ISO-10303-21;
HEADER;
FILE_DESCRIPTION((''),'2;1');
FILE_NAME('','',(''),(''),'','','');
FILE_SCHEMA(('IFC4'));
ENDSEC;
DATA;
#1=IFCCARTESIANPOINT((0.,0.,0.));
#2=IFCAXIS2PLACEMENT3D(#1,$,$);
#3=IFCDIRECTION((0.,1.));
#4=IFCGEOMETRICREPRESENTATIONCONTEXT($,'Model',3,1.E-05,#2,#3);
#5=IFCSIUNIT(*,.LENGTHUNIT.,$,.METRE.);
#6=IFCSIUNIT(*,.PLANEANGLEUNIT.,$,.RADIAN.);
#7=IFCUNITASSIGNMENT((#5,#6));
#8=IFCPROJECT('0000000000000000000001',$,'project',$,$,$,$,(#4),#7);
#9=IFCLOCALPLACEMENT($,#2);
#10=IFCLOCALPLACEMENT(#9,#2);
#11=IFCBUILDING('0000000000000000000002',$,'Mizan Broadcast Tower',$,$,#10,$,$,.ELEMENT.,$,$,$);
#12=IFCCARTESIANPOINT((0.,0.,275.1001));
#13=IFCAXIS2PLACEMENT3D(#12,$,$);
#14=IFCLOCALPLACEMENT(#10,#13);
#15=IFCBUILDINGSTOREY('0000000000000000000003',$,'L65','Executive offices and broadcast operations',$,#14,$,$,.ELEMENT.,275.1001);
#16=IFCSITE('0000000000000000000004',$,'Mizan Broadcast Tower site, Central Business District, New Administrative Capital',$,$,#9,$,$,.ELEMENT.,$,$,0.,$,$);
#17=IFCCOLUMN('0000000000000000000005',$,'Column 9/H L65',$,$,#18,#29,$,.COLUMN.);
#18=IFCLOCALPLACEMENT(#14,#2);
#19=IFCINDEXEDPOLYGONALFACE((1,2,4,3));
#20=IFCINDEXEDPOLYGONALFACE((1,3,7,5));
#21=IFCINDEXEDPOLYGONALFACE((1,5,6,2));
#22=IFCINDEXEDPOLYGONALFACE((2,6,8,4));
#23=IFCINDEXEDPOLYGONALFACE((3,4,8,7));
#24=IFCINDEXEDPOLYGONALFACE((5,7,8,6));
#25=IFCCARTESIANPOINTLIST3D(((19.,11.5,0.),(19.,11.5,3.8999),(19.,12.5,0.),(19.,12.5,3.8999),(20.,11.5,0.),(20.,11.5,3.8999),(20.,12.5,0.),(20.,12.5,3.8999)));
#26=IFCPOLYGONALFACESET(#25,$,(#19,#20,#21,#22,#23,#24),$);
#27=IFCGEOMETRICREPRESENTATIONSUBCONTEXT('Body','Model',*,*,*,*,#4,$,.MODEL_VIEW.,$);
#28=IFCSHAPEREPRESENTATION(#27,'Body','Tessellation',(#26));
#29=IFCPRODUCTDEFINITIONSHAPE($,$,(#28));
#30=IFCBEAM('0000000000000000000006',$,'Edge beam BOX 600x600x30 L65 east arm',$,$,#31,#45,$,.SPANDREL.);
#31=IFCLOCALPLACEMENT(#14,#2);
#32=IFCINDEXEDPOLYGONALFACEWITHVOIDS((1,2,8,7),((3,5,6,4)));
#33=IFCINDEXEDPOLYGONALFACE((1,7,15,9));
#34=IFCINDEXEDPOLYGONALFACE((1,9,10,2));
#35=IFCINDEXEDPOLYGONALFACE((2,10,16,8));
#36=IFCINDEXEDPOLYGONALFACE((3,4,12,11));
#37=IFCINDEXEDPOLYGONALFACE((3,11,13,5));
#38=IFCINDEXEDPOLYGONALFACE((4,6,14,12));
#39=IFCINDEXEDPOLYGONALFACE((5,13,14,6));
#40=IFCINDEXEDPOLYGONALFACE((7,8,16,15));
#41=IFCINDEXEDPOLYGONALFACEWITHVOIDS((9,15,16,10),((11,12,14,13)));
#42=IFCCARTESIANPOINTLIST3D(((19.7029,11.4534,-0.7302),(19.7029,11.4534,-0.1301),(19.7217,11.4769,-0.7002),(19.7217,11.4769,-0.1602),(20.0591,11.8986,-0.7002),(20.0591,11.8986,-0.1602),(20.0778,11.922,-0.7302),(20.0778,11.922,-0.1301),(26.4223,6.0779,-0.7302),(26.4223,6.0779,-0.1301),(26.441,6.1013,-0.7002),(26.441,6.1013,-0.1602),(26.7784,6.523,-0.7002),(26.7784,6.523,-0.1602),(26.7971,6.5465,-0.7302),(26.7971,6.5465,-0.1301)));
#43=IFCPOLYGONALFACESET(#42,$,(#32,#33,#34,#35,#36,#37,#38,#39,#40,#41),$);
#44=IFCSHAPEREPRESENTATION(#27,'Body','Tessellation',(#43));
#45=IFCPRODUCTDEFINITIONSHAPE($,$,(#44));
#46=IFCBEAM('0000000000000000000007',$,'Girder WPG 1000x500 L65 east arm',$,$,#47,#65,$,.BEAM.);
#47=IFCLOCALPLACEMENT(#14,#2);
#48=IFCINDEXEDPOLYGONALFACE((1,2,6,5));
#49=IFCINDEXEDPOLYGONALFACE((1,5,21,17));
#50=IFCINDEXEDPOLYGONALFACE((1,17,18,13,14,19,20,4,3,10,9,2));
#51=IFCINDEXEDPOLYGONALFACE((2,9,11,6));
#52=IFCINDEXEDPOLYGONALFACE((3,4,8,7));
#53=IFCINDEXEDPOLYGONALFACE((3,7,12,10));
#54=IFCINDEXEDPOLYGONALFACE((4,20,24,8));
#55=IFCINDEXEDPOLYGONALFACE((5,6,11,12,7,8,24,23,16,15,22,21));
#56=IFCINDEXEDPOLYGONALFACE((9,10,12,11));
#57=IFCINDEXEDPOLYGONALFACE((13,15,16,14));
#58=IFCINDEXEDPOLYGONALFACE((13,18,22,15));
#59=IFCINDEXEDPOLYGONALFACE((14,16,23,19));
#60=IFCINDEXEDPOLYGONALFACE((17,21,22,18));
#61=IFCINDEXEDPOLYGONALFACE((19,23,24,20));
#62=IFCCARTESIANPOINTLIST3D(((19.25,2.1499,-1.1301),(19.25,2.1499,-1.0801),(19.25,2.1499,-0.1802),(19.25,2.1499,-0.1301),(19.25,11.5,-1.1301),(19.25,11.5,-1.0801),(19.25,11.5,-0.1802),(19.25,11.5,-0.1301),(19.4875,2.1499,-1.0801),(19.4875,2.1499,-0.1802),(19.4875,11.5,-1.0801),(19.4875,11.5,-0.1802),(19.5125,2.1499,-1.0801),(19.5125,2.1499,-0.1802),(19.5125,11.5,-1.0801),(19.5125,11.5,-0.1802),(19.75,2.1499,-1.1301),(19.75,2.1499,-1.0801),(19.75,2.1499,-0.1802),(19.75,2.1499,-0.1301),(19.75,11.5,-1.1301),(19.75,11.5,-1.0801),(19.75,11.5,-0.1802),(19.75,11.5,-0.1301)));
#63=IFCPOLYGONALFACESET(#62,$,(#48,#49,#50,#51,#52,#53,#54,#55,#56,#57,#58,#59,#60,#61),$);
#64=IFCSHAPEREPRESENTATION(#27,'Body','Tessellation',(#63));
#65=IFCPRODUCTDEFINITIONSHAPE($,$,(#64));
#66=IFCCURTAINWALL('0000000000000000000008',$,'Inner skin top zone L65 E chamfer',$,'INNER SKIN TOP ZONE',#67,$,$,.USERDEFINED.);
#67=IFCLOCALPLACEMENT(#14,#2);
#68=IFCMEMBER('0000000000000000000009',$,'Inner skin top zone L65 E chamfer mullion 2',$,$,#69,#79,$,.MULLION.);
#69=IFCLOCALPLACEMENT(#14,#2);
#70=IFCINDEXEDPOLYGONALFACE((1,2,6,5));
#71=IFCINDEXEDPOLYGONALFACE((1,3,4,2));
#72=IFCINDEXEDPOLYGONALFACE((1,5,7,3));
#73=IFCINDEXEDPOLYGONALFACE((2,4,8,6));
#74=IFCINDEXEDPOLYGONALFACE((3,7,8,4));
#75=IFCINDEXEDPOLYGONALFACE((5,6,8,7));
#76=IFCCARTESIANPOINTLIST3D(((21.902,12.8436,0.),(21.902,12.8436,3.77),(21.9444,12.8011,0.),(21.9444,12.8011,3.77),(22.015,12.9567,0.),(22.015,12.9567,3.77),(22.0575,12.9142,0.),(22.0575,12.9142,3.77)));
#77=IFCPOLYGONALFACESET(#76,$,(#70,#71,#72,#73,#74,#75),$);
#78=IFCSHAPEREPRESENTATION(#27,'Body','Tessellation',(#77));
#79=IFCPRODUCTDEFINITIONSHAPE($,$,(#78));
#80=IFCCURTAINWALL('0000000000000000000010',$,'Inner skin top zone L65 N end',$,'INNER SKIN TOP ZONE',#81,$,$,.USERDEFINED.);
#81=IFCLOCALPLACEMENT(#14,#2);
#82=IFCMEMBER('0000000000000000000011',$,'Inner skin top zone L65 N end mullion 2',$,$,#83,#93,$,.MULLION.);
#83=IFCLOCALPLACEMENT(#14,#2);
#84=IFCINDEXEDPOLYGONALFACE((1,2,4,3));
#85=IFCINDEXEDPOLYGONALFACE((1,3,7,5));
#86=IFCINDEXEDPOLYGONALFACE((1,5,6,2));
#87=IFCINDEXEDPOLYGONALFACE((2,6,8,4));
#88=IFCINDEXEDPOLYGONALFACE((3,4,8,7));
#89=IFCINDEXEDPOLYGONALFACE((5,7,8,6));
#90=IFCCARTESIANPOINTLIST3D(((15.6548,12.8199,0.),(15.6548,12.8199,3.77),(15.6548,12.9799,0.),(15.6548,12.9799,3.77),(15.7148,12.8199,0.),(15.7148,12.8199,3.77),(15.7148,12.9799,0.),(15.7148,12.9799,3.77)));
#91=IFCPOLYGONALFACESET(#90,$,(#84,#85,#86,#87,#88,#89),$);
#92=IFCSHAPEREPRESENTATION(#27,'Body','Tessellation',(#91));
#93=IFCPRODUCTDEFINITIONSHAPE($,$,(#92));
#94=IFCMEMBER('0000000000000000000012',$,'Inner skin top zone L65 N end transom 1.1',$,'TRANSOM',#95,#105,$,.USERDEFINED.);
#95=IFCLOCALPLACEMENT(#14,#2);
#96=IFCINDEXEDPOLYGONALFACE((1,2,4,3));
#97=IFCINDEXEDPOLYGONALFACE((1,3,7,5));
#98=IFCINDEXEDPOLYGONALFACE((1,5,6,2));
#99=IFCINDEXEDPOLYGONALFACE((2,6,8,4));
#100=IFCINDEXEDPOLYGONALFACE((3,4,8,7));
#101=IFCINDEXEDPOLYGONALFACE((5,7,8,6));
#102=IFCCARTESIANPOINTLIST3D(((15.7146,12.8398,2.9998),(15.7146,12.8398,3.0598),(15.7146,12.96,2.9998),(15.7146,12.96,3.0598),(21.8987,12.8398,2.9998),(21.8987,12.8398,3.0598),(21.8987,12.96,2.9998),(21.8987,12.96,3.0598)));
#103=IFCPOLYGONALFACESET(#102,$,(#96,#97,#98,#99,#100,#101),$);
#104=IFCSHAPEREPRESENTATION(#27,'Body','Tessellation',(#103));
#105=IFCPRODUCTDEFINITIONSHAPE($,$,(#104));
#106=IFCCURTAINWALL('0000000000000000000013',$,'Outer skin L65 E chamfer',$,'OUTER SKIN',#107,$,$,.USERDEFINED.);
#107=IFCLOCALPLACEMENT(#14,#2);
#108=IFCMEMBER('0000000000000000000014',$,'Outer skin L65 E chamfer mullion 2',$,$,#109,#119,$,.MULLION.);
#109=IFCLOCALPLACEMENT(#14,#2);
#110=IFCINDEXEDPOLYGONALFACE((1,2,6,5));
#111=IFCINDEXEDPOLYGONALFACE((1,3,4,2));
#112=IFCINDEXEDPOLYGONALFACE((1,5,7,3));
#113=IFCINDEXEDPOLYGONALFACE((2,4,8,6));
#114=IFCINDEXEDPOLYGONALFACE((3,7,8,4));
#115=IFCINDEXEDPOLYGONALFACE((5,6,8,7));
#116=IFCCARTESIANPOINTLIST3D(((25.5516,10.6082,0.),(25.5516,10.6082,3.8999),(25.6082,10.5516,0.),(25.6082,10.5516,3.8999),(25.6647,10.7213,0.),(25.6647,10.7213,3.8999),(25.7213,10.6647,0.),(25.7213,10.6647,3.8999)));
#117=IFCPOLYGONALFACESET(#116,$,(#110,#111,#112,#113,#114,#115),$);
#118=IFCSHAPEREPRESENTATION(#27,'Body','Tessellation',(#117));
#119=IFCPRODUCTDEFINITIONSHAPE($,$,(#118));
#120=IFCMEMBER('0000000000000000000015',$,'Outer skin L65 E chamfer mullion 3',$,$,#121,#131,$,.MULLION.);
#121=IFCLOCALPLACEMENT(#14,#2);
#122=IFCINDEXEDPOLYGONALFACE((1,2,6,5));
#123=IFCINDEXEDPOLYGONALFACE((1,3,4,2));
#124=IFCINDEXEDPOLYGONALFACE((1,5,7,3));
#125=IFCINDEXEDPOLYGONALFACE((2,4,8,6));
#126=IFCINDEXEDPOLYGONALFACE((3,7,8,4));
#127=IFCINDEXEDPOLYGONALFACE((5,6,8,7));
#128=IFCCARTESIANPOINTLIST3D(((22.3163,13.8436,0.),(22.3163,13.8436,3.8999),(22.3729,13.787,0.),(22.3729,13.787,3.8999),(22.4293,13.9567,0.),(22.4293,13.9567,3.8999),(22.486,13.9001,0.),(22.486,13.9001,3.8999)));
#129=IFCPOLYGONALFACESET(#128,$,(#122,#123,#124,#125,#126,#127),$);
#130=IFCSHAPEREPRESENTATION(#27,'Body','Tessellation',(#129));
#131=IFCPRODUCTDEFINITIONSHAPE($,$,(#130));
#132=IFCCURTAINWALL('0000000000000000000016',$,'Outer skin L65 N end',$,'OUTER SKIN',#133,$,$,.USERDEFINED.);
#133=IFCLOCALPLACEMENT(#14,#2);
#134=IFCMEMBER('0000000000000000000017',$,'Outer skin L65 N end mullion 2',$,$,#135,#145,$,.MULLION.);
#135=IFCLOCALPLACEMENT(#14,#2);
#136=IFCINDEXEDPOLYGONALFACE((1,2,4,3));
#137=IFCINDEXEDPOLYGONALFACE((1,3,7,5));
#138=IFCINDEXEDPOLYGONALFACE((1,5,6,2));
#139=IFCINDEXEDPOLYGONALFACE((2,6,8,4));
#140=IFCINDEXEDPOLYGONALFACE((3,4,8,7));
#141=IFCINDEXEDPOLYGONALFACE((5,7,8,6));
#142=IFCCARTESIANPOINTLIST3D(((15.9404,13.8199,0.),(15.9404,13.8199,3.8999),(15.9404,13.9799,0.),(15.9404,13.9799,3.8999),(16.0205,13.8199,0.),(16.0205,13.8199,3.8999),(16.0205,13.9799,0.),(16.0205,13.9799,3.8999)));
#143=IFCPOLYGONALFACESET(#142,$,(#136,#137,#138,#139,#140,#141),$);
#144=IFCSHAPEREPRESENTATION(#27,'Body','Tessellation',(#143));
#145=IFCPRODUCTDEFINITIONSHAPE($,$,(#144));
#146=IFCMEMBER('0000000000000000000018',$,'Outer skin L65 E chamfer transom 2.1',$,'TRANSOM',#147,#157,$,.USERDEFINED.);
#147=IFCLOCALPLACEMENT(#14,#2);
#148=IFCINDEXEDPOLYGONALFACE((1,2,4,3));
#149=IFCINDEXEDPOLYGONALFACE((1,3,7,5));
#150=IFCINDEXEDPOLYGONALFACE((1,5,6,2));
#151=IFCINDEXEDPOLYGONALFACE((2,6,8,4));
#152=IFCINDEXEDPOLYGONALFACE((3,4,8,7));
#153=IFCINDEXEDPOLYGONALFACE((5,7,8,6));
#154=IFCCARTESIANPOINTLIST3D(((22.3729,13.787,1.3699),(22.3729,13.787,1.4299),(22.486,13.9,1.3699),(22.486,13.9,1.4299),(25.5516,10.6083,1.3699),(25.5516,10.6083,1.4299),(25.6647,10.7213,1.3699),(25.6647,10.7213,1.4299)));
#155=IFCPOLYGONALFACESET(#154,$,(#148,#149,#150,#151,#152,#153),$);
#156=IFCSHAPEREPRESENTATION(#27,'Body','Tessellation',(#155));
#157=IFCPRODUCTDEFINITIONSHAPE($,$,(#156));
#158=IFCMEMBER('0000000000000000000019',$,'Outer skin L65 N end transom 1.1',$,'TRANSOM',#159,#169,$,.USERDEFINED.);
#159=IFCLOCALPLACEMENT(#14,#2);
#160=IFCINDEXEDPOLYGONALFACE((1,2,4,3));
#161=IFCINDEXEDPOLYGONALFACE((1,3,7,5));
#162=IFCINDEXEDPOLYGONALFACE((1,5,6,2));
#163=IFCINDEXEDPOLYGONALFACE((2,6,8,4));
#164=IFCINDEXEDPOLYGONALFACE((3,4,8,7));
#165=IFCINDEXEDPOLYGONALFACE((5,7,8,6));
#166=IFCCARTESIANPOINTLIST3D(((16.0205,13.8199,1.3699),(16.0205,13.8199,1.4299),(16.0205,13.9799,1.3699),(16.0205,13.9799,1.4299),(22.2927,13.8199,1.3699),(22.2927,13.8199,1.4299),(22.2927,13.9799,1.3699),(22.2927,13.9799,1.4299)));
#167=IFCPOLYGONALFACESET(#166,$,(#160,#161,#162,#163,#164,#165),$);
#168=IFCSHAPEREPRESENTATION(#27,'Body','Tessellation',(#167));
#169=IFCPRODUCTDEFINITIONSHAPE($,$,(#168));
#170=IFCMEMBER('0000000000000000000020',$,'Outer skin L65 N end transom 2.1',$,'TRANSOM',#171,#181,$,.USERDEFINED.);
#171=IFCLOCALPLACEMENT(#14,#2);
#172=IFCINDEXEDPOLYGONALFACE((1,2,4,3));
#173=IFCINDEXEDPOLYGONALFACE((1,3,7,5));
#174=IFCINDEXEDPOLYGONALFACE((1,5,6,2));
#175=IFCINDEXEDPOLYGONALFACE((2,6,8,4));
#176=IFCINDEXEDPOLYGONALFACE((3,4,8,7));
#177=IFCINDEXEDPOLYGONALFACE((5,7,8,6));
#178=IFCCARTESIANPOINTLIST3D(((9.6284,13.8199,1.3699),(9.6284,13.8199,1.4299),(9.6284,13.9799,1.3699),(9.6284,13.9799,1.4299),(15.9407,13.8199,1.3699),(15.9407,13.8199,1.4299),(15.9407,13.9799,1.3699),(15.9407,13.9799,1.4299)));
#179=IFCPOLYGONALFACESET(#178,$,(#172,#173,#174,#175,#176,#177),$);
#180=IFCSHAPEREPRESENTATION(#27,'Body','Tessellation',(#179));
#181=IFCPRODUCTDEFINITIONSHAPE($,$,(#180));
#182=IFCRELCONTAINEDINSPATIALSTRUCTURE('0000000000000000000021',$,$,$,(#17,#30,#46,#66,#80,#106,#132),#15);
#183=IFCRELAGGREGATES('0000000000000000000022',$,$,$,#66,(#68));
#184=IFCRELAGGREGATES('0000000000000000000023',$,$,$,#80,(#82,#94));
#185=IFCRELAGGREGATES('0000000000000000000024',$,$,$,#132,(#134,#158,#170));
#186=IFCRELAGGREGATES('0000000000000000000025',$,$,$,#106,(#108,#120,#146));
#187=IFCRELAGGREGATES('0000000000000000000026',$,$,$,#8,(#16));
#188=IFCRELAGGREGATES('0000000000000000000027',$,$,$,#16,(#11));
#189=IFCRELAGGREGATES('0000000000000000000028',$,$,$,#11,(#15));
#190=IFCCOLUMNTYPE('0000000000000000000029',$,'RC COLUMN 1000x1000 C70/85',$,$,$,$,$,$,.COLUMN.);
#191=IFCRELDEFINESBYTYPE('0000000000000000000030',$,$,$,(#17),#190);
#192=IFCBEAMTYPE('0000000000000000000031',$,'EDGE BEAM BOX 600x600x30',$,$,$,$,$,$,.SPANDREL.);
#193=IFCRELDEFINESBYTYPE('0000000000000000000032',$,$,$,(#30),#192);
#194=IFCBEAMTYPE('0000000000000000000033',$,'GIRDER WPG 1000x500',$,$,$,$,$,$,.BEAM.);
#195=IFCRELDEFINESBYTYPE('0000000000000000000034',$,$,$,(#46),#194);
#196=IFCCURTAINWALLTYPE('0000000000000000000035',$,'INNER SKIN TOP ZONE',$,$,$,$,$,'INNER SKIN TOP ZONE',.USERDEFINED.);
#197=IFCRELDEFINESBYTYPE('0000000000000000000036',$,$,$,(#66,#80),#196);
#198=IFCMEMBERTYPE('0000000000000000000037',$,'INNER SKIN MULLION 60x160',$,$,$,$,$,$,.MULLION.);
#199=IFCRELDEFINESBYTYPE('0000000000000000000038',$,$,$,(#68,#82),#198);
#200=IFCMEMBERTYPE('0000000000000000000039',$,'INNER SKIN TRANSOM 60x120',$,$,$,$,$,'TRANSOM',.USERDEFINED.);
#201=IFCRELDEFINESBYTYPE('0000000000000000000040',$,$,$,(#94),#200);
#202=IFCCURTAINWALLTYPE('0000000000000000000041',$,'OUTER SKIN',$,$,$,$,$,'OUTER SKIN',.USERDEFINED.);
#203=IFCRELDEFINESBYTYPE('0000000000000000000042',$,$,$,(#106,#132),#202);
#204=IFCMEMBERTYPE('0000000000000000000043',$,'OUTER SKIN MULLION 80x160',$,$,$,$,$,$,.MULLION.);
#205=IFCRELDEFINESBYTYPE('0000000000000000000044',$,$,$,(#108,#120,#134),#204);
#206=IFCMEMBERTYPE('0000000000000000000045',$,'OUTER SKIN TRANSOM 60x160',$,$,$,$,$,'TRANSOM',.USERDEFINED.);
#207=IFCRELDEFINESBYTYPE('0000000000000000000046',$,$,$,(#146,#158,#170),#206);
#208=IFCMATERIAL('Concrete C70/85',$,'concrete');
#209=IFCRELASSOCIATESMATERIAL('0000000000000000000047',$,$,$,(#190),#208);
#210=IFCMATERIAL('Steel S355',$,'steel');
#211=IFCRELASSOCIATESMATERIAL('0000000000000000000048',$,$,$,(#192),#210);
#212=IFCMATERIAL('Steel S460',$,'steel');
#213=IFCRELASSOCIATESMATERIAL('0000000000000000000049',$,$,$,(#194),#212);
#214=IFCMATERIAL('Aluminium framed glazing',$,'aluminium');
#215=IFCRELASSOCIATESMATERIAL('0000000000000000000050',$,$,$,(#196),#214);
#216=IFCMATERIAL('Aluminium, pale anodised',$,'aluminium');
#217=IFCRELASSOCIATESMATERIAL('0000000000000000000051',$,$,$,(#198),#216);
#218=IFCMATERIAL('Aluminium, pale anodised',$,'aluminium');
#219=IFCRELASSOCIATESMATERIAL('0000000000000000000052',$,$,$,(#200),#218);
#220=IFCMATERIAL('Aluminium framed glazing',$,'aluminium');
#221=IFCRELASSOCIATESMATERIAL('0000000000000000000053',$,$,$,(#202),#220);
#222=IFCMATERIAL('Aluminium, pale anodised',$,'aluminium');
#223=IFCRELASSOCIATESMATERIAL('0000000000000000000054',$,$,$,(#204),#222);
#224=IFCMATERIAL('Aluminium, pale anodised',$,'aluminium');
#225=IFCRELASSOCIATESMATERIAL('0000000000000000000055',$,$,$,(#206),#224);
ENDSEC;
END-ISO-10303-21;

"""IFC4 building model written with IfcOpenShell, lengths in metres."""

from ifc_helpers import new_model, si_unit, direction, frame, origin, origin_2d, place, context, subcontext, project, spatial, rectangle, hollow_rectangle, i_section, extrude, material, material_profile, profile_set, type_object, element, aggregate, save


model = new_model("IFC4")

# Units and contexts
model_context = context("Model", 3, precision=1e-05, world=origin(), true_north=direction((0.0, 1.0)))
body_context = subcontext(model_context, "Body", "Model", "MODEL_VIEW")
ifc_project = project(units=[si_unit("LENGTHUNIT", "METRE"), si_unit("PLANEANGLEUNIT", "RADIAN")], contexts=[model_context])

# Site, building, storey
site_placement = place(None, origin())
site = spatial("IfcSite", under=ifc_project, at=site_placement, Name="Mizan Broadcast Tower site, Central Business District, New Administrative Capital", CompositionType="ELEMENT", RefElevation=0.0)
building_placement = place(site_placement, origin())
building = spatial("IfcBuilding", under=site, at=building_placement, Name="Mizan Broadcast Tower", CompositionType="ELEMENT")
storey_placement = place(building_placement, frame((0.0, 0.0, 275.1001)))
storey = spatial("IfcBuildingStorey", under=building, at=storey_placement, Name="L65", Description="Executive offices and broadcast operations", CompositionType="ELEMENT", Elevation=275.1001)

# Column
ifc_material_1 = material(Name="Concrete C70/85", Category="concrete")
ifc_material_profile_1 = material_profile(ifc_material_1, rectangle(XDim=1.0, YDim=1.0, at=origin_2d()), Name="RC 1000x1000")
ifc_profile_set_1 = profile_set([ifc_material_profile_1], Name="Concrete C70/85")
column_type = type_object("IfcColumnType", Name="RC COLUMN 1000x1000 C70/85", PredefinedType="COLUMN", material=ifc_profile_set_1)
column_placement = place(storey_placement, frame((19.5, 12.0, 0.0), z_axis=(0.0, 0.0, 1.0), x_axis=(1.0, 0.0, 0.0)))
element("IfcColumn", 1, at=column_placement, inside=storey, type_object=column_type, Name="Column 9/H L65", PredefinedType="COLUMN", context=body_context, shape_type="SweptSolid", body=[
    extrude(rectangle(XDim=1.0, YDim=1.0, at=origin_2d()), origin(), (0.0, 0.0, 1.0), 3.8999),
])

# Beams
ifc_material_2 = material(Name="Steel S355", Category="steel")
ifc_material_profile_2 = material_profile(ifc_material_2, hollow_rectangle(XDim=0.6001, YDim=0.6001, WallThickness=0.03, at=origin_2d()), Name="BOX 600x600x30")
ifc_profile_set_2 = profile_set([ifc_material_profile_2], Name="Steel S355")
beam_type_1 = type_object("IfcBeamType", Name="EDGE BEAM BOX 600x600x30", PredefinedType="SPANDREL", material=ifc_profile_set_2)
beam_1_placement = place(storey_placement, frame((19.8904, 11.6877, -0.4302), z_axis=(0.780863, -0.624702, 0.0), x_axis=(0.624702, 0.780863, 0.0)))
element("IfcBeam", 2, at=beam_1_placement, inside=storey, type_object=beam_type_1, Name="Edge beam BOX 600x600x30 L65 east arm", PredefinedType="SPANDREL", context=body_context, shape_type="SweptSolid", body=[
    extrude(hollow_rectangle(XDim=0.6001, YDim=0.6001, WallThickness=0.03, at=origin_2d()), origin(), (0.0, 0.0, 1.0), 8.605),
])
ifc_material_3 = material(Name="Steel S460", Category="steel")
ifc_material_profile_3 = material_profile(ifc_material_3, i_section(OverallWidth=0.5, OverallDepth=1.0, WebThickness=0.0249, FlangeThickness=0.05, at=origin_2d()), Name="WPG 1000x500")
ifc_profile_set_3 = profile_set([ifc_material_profile_3], Name="Steel S460")
beam_type_2 = type_object("IfcBeamType", Name="GIRDER WPG 1000x500", PredefinedType="BEAM", material=ifc_profile_set_3)
beam_2_placement = place(storey_placement, frame((19.5, 11.5, -0.6301), z_axis=(0.0, -1.0, 0.0), x_axis=(1.0, 0.0, 0.0)))
element("IfcBeam", 3, at=beam_2_placement, inside=storey, type_object=beam_type_2, Name="Girder WPG 1000x500 L65 east arm", PredefinedType="BEAM", context=body_context, shape_type="SweptSolid", body=[
    extrude(i_section(OverallWidth=0.5, OverallDepth=1.0, WebThickness=0.0249, FlangeThickness=0.05, at=origin_2d()), origin(), (0.0, 0.0, 1.0), 9.3501),
])

# Curtain wall, member
ifc_material_4 = material(Name="Aluminium framed glazing", Category="aluminium")
curtain_wall_type_1 = type_object("IfcCurtainWallType", Name="INNER SKIN TOP ZONE", ElementType="INNER SKIN TOP ZONE", PredefinedType="USERDEFINED", material=ifc_material_4)
curtain_wall_1_placement = place(storey_placement, origin())
curtain_wall_1 = element("IfcCurtainWall", 4, at=curtain_wall_1_placement, inside=storey, type_object=curtain_wall_type_1, Name="Inner skin top zone L65 E chamfer", ObjectType="INNER SKIN TOP ZONE", PredefinedType="USERDEFINED")
ifc_material_5 = material(Name="Aluminium, pale anodised", Category="aluminium")
ifc_material_profile_4 = material_profile(ifc_material_5, rectangle(XDim=0.1599, YDim=0.0601, at=origin_2d()), Name="MULLION 160x60")
ifc_profile_set_4 = profile_set([ifc_material_profile_4], Name="Aluminium, pale anodised")
member_type_1 = type_object("IfcMemberType", Name="INNER SKIN MULLION 60x160", PredefinedType="MULLION", material=ifc_profile_set_4)
member_1_placement = place(storey_placement, frame((21.9797, 12.8789, 0.0), z_axis=(0.0, 0.0, 1.0), x_axis=(-0.707107, -0.707107, 0.0)))
member_1 = element("IfcMember", 5, at=member_1_placement, type_object=member_type_1, Name="Inner skin top zone L65 E chamfer mullion 2", PredefinedType="MULLION", context=body_context, shape_type="SweptSolid", body=[
    extrude(rectangle(XDim=0.1599, YDim=0.0601, at=origin_2d()), origin(), (0.0, 0.0, 1.0), 3.77),
])

# Curtain walls, members
curtain_wall_2_placement = place(storey_placement, origin())
curtain_wall_2 = element("IfcCurtainWall", 6, at=curtain_wall_2_placement, inside=storey, type_object=curtain_wall_type_1, Name="Inner skin top zone L65 N end", ObjectType="INNER SKIN TOP ZONE", PredefinedType="USERDEFINED")
member_2_placement = place(storey_placement, frame((15.6848, 12.8999, 0.0), z_axis=(0.0, 0.0, 1.0), x_axis=(0.0, -1.0, 0.0)))
member_2 = element("IfcMember", 7, at=member_2_placement, type_object=member_type_1, Name="Inner skin top zone L65 N end mullion 2", PredefinedType="MULLION", context=body_context, shape_type="SweptSolid", body=[
    extrude(rectangle(XDim=0.1599, YDim=0.0601, at=origin_2d()), origin(), (0.0, 0.0, 1.0), 3.77),
])
ifc_material_6 = material(Name="Aluminium, pale anodised", Category="aluminium")
ifc_material_profile_5 = material_profile(ifc_material_6, rectangle(XDim=0.1201, YDim=0.0601, at=origin_2d()), Name="TRANSOM 120x60")
ifc_profile_set_5 = profile_set([ifc_material_profile_5], Name="Aluminium, pale anodised")
member_type_2 = type_object("IfcMemberType", Name="INNER SKIN TRANSOM 60x120", ElementType="TRANSOM", PredefinedType="USERDEFINED", material=ifc_profile_set_5)
member_3_placement = place(storey_placement, frame((21.8987, 12.8999, 3.0298), z_axis=(-1.0, 0.0, 0.0), x_axis=(0.0, -1.0, 0.0)))
member_3 = element("IfcMember", 8, at=member_3_placement, type_object=member_type_2, Name="Inner skin top zone L65 N end transom 1.1", ObjectType="TRANSOM", PredefinedType="USERDEFINED", context=body_context, shape_type="SweptSolid", body=[
    extrude(rectangle(XDim=0.1201, YDim=0.0601, at=origin_2d()), origin(), (0.0, 0.0, 1.0), 6.1841),
])
ifc_material_7 = material(Name="Aluminium framed glazing", Category="aluminium")
curtain_wall_type_2 = type_object("IfcCurtainWallType", Name="OUTER SKIN", ElementType="OUTER SKIN", PredefinedType="USERDEFINED", material=ifc_material_7)
curtain_wall_3_placement = place(storey_placement, origin())
curtain_wall_3 = element("IfcCurtainWall", 9, at=curtain_wall_3_placement, inside=storey, type_object=curtain_wall_type_2, Name="Outer skin L65 E chamfer", ObjectType="OUTER SKIN", PredefinedType="USERDEFINED")
ifc_material_8 = material(Name="Aluminium, pale anodised", Category="aluminium")
ifc_material_profile_6 = material_profile(ifc_material_8, rectangle(XDim=0.1599, YDim=0.0801, at=origin_2d()), Name="MULLION 160x80")
ifc_profile_set_6 = profile_set([ifc_material_profile_6], Name="Aluminium, pale anodised")
member_type_3 = type_object("IfcMemberType", Name="OUTER SKIN MULLION 80x160", PredefinedType="MULLION", material=ifc_profile_set_6)
member_4_placement = place(storey_placement, frame((25.6365, 10.6365, 0.0), z_axis=(0.0, 0.0, 1.0), x_axis=(-0.707107, -0.707107, 0.0)))
member_4 = element("IfcMember", 10, at=member_4_placement, type_object=member_type_3, Name="Outer skin L65 E chamfer mullion 2", PredefinedType="MULLION", context=body_context, shape_type="SweptSolid", body=[
    extrude(rectangle(XDim=0.1599, YDim=0.0801, at=origin_2d()), origin(), (0.0, 0.0, 1.0), 3.8999),
])
member_5_placement = place(storey_placement, frame((22.4011, 13.8718, 0.0), z_axis=(0.0, 0.0, 1.0), x_axis=(-0.707107, -0.707107, 0.0)))
member_5 = element("IfcMember", 11, at=member_5_placement, type_object=member_type_3, Name="Outer skin L65 E chamfer mullion 3", PredefinedType="MULLION", context=body_context, shape_type="SweptSolid", body=[
    extrude(rectangle(XDim=0.1599, YDim=0.0801, at=origin_2d()), origin(), (0.0, 0.0, 1.0), 3.8999),
])

# Curtain wall, member
curtain_wall_4_placement = place(storey_placement, origin())
curtain_wall_4 = element("IfcCurtainWall", 12, at=curtain_wall_4_placement, inside=storey, type_object=curtain_wall_type_2, Name="Outer skin L65 N end", ObjectType="OUTER SKIN", PredefinedType="USERDEFINED")
member_6_placement = place(storey_placement, frame((15.9805, 13.8999, 0.0), z_axis=(0.0, 0.0, 1.0), x_axis=(0.0, -1.0, 0.0)))
member_6 = element("IfcMember", 13, at=member_6_placement, type_object=member_type_3, Name="Outer skin L65 N end mullion 2", PredefinedType="MULLION", context=body_context, shape_type="SweptSolid", body=[
    extrude(rectangle(XDim=0.1599, YDim=0.0801, at=origin_2d()), origin(), (0.0, 0.0, 1.0), 3.8999),
])

# Members
ifc_material_9 = material(Name="Aluminium, pale anodised", Category="aluminium")
ifc_material_profile_7 = material_profile(ifc_material_9, rectangle(XDim=0.1599, YDim=0.0601, at=origin_2d()), Name="TRANSOM 160x60")
ifc_profile_set_7 = profile_set([ifc_material_profile_7], Name="Aluminium, pale anodised")
member_type_4 = type_object("IfcMemberType", Name="OUTER SKIN TRANSOM 60x160", ElementType="TRANSOM", PredefinedType="USERDEFINED", material=ifc_profile_set_7)
member_7_placement = place(storey_placement, frame((25.6082, 10.6648, 1.3999), z_axis=(-0.707107, 0.707107, 0.0), x_axis=(-0.707107, -0.707107, 0.0)))
member_7 = element("IfcMember", 14, at=member_7_placement, type_object=member_type_4, Name="Outer skin L65 E chamfer transom 2.1", ObjectType="TRANSOM", PredefinedType="USERDEFINED", context=body_context, shape_type="SweptSolid", body=[
    extrude(rectangle(XDim=0.1599, YDim=0.0601, at=origin_2d()), origin(), (0.0, 0.0, 1.0), 4.4954),
])
member_8_placement = place(storey_placement, frame((22.2927, 13.8999, 1.3999), z_axis=(-1.0, 0.0, 0.0), x_axis=(0.0, -1.0, 0.0)))
member_8 = element("IfcMember", 15, at=member_8_placement, type_object=member_type_4, Name="Outer skin L65 N end transom 1.1", ObjectType="TRANSOM", PredefinedType="USERDEFINED", context=body_context, shape_type="SweptSolid", body=[
    extrude(rectangle(XDim=0.1599, YDim=0.0601, at=origin_2d()), origin(), (0.0, 0.0, 1.0), 6.2722),
])
member_9_placement = place(storey_placement, frame((15.9407, 13.8999, 1.3999), z_axis=(-1.0, 0.0, 0.0), x_axis=(0.0, -1.0, 0.0)))
member_9 = element("IfcMember", 16, at=member_9_placement, type_object=member_type_4, Name="Outer skin L65 N end transom 2.1", ObjectType="TRANSOM", PredefinedType="USERDEFINED", context=body_context, shape_type="SweptSolid", body=[
    extrude(rectangle(XDim=0.1599, YDim=0.0601, at=origin_2d()), origin(), (0.0, 0.0, 1.0), 6.3123),
])

aggregate(curtain_wall_1, [member_1])
aggregate(curtain_wall_2, [member_2, member_3])
aggregate(curtain_wall_4, [member_6, member_8, member_9])
aggregate(curtain_wall_3, [member_4, member_5, member_7])

save(model, "model.ifc")
